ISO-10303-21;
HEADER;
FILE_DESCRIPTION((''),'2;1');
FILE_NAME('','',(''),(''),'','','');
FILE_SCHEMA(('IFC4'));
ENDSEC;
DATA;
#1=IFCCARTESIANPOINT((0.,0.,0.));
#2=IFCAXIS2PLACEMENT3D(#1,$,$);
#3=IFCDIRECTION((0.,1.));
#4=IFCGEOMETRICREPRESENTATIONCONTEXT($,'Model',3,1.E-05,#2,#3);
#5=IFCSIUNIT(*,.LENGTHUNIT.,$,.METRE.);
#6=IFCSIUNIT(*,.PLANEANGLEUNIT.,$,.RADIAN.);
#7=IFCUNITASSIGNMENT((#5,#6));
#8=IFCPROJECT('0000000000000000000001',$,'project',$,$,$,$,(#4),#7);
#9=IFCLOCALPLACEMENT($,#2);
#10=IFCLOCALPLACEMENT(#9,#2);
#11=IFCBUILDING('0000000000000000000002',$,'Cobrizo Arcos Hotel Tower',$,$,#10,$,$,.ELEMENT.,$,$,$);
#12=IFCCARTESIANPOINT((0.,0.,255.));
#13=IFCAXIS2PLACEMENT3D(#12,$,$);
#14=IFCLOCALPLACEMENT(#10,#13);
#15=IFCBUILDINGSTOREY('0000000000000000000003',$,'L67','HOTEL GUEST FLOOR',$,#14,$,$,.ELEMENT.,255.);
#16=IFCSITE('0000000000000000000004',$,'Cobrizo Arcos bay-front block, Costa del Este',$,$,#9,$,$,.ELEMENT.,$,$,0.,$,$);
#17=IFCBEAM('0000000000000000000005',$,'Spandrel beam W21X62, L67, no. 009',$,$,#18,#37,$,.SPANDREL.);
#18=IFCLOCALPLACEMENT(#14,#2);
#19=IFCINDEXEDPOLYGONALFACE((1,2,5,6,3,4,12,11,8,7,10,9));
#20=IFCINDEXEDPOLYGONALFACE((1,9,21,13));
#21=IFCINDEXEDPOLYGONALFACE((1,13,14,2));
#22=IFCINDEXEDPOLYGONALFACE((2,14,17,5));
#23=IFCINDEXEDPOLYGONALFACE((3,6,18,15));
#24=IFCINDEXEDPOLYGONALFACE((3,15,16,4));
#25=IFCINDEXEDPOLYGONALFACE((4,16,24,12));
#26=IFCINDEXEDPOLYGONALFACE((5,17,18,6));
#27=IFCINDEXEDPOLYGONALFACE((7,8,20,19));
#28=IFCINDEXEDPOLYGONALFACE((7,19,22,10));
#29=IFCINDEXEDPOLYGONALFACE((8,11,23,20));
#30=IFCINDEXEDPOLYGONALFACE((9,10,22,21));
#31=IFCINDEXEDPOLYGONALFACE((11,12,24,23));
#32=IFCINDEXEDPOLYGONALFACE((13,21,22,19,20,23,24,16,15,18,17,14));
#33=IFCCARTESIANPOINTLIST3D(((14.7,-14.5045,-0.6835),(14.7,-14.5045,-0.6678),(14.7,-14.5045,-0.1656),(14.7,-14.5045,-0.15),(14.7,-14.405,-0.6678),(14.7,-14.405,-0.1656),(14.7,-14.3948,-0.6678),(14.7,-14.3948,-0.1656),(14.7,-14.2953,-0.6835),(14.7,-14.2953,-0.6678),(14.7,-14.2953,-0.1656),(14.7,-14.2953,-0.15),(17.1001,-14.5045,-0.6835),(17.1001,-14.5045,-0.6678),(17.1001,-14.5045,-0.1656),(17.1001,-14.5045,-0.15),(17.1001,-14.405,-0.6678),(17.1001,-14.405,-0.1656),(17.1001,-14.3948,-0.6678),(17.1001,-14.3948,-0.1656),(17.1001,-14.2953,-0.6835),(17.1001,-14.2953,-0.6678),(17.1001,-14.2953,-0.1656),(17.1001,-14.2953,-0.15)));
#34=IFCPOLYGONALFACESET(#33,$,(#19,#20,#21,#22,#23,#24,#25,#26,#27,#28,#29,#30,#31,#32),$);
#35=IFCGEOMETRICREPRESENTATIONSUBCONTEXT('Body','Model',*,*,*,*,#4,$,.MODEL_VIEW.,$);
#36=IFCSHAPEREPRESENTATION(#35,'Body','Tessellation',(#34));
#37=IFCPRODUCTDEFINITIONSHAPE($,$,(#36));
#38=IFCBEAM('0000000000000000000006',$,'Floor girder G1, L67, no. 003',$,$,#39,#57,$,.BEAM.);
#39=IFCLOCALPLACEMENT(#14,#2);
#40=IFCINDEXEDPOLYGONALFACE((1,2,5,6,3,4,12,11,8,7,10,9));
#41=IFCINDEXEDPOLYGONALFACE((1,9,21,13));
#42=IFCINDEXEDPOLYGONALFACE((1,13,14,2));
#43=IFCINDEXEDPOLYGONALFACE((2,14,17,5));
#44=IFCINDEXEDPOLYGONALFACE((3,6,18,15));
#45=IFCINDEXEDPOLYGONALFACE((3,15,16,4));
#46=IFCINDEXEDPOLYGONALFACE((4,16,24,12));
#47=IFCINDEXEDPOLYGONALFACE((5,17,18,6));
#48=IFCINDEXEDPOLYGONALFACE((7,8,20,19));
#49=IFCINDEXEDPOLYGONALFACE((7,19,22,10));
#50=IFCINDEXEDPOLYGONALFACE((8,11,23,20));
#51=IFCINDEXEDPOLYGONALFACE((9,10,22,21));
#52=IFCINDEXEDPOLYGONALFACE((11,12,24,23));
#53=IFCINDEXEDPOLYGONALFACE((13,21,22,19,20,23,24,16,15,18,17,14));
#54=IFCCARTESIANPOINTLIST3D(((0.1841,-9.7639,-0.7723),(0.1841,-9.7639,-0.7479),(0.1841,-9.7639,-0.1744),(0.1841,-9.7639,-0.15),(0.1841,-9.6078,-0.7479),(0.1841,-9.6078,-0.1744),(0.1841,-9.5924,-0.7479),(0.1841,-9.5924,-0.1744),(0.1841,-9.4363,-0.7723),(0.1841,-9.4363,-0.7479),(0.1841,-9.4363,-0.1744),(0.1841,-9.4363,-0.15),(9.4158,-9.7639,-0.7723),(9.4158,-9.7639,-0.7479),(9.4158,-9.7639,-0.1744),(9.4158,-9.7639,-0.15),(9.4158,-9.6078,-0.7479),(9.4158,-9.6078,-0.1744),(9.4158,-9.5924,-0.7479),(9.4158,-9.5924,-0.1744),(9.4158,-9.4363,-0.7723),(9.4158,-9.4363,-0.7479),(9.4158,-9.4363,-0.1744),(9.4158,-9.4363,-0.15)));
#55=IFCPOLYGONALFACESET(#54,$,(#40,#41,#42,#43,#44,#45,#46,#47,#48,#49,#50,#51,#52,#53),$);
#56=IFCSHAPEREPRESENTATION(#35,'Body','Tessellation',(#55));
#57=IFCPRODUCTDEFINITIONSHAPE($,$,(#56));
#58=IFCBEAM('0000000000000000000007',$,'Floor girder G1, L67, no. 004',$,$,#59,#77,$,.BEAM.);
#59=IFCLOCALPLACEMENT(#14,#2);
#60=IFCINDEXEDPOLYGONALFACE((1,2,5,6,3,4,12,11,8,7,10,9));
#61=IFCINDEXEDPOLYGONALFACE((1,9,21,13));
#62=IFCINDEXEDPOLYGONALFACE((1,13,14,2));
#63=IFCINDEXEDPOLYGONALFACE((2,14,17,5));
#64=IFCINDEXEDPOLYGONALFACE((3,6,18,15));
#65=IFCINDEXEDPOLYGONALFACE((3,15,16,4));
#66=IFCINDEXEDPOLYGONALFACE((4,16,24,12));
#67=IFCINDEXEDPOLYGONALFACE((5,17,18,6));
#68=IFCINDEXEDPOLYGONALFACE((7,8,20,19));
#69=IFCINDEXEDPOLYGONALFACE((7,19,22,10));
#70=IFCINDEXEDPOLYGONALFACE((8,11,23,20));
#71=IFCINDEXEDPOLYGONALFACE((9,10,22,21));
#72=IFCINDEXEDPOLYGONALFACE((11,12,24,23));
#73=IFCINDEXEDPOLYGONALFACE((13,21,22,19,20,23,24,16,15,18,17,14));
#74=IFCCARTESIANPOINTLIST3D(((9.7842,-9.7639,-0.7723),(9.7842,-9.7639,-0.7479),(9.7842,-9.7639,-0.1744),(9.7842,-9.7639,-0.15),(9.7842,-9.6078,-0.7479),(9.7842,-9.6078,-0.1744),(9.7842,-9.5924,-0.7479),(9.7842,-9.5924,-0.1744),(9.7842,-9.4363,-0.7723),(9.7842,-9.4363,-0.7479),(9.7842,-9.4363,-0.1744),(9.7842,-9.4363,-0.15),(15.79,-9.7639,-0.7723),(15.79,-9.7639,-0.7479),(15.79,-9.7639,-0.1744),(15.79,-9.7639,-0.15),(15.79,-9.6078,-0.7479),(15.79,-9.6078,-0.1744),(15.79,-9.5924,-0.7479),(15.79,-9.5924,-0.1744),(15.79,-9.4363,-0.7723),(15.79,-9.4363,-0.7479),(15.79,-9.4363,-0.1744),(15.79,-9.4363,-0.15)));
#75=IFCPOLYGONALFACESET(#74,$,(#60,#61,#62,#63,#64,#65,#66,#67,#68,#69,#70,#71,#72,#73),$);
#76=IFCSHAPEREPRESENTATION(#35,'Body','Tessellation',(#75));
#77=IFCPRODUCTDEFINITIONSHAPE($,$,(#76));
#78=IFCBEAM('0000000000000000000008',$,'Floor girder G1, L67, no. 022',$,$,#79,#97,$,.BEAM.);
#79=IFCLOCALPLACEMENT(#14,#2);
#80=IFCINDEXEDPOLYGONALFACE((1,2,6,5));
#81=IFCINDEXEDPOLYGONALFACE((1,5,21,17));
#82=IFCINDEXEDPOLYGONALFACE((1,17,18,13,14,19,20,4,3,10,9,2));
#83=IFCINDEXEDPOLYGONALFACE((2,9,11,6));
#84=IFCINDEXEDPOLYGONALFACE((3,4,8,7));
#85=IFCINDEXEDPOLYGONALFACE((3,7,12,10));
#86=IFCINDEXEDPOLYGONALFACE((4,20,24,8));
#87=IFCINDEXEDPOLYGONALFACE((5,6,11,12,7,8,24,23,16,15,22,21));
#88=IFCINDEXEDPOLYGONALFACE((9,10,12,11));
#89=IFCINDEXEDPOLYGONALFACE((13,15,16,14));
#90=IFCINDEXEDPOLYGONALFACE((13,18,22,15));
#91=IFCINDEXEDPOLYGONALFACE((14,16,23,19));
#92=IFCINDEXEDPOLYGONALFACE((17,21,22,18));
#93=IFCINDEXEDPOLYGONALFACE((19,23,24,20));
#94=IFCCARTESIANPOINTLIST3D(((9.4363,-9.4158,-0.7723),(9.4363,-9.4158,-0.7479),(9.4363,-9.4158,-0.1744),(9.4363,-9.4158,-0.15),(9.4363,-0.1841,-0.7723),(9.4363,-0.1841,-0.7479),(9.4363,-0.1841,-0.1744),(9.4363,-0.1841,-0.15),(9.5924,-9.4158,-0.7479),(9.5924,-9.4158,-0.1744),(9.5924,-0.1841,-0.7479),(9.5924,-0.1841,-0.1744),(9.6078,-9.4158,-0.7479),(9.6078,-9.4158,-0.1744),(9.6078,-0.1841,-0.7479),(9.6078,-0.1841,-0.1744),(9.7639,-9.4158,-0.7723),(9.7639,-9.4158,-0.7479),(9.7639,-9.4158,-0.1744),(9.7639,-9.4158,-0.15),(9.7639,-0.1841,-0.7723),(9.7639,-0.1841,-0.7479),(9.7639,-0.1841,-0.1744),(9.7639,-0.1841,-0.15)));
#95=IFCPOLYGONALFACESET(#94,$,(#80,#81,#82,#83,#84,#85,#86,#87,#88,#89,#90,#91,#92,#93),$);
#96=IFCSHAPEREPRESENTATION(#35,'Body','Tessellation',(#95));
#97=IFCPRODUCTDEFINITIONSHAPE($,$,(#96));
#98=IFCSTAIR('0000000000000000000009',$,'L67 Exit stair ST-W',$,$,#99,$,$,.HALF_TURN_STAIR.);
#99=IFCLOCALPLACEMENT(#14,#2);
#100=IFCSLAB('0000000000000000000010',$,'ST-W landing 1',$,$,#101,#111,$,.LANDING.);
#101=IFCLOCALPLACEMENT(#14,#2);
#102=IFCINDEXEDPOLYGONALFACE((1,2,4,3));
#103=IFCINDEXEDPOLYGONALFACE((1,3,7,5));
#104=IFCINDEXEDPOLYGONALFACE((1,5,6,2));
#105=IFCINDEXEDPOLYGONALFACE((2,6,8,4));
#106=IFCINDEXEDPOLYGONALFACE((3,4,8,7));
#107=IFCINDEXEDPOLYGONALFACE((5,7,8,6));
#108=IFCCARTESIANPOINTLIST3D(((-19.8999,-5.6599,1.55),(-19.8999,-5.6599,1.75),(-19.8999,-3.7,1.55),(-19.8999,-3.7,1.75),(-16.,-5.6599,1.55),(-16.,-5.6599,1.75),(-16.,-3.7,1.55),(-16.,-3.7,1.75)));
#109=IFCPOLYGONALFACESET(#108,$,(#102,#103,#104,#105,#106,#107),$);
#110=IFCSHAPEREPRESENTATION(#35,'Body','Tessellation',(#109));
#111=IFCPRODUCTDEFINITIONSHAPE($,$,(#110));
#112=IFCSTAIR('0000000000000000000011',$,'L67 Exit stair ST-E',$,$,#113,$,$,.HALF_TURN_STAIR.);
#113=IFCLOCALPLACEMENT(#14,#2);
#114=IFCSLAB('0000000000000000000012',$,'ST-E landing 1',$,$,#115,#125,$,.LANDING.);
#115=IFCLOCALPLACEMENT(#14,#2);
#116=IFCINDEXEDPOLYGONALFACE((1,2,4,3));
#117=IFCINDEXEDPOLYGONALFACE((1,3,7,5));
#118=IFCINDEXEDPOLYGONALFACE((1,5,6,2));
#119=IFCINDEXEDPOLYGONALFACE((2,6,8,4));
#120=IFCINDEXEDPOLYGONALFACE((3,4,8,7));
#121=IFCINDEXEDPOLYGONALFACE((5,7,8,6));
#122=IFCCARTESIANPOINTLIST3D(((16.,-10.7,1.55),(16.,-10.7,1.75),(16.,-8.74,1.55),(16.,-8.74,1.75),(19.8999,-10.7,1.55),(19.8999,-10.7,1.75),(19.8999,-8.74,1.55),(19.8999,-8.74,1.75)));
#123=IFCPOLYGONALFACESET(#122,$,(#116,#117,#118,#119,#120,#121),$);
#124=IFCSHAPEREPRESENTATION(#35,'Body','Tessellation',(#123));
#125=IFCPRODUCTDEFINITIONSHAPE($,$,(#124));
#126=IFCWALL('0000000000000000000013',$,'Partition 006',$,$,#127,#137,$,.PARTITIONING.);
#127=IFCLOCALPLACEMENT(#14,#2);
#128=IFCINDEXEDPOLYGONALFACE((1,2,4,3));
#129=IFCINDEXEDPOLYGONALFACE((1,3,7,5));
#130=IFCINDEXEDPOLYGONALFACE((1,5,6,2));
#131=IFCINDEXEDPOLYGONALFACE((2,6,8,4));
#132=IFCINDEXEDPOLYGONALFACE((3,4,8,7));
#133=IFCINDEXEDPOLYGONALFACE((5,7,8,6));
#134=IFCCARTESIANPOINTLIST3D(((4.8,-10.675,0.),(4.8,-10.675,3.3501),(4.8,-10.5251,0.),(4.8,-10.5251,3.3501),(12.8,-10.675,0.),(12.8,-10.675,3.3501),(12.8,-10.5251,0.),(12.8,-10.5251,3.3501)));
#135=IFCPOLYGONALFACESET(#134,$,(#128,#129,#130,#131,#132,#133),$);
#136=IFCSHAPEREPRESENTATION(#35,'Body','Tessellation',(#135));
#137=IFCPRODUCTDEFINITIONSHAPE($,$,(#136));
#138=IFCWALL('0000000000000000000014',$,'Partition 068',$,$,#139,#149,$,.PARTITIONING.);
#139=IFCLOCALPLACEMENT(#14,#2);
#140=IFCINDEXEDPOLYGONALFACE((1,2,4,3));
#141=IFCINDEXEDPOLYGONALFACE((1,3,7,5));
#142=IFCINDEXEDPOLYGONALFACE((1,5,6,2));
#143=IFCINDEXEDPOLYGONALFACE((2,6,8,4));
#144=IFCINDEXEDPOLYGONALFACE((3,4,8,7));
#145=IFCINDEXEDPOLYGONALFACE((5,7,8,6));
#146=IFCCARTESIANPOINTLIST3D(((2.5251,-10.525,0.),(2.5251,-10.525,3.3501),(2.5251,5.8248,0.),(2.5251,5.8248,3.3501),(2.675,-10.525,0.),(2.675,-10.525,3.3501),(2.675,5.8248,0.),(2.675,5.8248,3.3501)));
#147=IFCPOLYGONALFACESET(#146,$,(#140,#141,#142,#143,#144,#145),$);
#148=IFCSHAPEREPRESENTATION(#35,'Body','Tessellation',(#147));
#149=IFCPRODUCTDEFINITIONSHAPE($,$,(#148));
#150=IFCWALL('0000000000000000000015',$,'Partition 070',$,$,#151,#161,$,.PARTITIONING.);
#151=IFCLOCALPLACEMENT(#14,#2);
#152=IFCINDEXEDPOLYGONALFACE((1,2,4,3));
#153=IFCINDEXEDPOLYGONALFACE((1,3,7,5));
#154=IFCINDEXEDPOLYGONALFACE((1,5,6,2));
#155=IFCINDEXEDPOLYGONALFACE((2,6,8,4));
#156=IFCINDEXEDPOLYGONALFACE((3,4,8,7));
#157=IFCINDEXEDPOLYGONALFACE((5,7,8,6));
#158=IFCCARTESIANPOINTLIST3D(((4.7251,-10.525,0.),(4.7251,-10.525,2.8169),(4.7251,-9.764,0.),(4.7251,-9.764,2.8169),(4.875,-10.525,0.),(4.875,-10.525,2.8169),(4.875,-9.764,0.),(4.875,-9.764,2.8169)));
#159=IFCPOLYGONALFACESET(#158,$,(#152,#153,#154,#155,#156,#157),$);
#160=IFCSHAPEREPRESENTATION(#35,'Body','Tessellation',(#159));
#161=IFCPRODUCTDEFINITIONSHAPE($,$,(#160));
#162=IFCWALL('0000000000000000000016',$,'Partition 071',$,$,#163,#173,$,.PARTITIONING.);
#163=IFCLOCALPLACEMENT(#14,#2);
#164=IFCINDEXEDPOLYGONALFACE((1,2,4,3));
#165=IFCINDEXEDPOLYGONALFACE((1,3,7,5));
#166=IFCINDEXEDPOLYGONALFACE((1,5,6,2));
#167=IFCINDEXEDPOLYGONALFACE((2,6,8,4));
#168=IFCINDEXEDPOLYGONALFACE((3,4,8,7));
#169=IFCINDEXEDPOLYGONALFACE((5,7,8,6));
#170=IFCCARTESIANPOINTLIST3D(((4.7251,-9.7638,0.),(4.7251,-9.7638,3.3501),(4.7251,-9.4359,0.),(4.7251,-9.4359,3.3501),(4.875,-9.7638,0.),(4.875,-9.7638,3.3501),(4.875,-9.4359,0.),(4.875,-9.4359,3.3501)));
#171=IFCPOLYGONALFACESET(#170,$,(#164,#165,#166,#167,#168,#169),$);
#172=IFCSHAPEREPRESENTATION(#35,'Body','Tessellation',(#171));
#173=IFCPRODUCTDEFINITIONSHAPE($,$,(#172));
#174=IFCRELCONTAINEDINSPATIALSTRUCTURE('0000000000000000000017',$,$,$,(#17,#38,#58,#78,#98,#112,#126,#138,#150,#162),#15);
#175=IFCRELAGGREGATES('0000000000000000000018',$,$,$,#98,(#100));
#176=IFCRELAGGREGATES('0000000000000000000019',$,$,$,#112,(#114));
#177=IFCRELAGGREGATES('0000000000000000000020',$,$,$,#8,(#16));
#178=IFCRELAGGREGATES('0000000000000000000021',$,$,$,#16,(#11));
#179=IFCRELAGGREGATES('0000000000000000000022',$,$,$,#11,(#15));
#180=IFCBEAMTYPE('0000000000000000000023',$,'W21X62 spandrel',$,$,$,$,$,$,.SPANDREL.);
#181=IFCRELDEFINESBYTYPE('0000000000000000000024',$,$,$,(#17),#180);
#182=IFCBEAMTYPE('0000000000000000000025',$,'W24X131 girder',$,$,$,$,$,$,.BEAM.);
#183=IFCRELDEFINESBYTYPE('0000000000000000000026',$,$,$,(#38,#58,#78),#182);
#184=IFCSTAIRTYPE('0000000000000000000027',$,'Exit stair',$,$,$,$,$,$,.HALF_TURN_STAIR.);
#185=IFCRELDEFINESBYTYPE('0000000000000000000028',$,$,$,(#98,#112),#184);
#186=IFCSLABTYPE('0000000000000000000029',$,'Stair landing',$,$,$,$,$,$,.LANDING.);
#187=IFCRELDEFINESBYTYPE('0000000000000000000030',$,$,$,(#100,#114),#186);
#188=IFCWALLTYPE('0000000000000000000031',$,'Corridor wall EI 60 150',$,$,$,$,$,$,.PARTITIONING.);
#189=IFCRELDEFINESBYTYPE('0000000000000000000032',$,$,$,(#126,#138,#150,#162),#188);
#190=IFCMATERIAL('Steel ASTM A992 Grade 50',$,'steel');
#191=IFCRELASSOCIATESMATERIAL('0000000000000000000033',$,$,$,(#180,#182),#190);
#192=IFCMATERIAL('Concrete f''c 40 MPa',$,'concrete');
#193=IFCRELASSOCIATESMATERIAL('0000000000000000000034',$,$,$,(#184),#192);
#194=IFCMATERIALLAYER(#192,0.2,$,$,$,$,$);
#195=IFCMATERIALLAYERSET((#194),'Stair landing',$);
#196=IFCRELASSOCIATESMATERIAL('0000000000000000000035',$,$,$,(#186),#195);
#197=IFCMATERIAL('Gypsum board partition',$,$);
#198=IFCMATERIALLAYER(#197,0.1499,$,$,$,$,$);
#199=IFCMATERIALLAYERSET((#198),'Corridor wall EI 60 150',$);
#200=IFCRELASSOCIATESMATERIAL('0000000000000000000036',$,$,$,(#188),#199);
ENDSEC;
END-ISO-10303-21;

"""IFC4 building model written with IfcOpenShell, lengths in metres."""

from ifc_helpers import new_model, si_unit, direction, frame, frame_2d, origin, origin_2d, place, context, subcontext, project, spatial, polyline, rectangle, i_section, outline, extrude, material, layer, layer_set, material_profile, profile_set, type_object, element, aggregate, save


model = new_model("IFC4")

# Units and contexts
model_context = context("Model", 3, precision=1e-05, world=origin(), true_north=direction((0.0, 1.0)))
body_context = subcontext(model_context, "Body", "Model", "MODEL_VIEW")
ifc_project = project(units=[si_unit("LENGTHUNIT", "METRE"), si_unit("PLANEANGLEUNIT", "RADIAN")], contexts=[model_context])

# Site, building, storey
site_placement = place(None, origin())
site = spatial("IfcSite", under=ifc_project, at=site_placement, Name="Cobrizo Arcos bay-front block, Costa del Este", CompositionType="ELEMENT", RefElevation=0.0)
building_placement = place(site_placement, origin())
building = spatial("IfcBuilding", under=site, at=building_placement, Name="Cobrizo Arcos Hotel Tower", CompositionType="ELEMENT")
storey_placement = place(building_placement, frame((0.0, 0.0, 255.0)))
storey = spatial("IfcBuildingStorey", under=building, at=storey_placement, Name="L67", Description="HOTEL GUEST FLOOR", CompositionType="ELEMENT", Elevation=255.0)

# Shared definitions
ifc_material_1 = material(Name="Steel ASTM A992 Grade 50", Category="steel")

# Beams
ifc_material_profile_1 = material_profile(ifc_material_1, i_section(OverallWidth=0.2092, OverallDepth=0.5334, WebThickness=0.0103, FlangeThickness=0.0156, at=origin_2d()), Name="W21X62")
ifc_profile_set_1 = profile_set([ifc_material_profile_1], Name="Steel ASTM A992 Grade 50")
beam_type_1 = type_object("IfcBeamType", Name="W21X62 spandrel", PredefinedType="SPANDREL", material=ifc_profile_set_1)
for number, where, z_axis, x_axis, name in (
    (1, (14.7, -14.3999, -0.4167), (1.0, 0.0, 0.0), (0.0, 1.0, 0.0), "Spandrel beam W21X62, L67, no. 009"),
):
    element("IfcBeam", number, at=place(storey_placement, frame(where, z_axis=z_axis, x_axis=x_axis)), inside=storey, type_object=beam_type_1, Name=name, PredefinedType="SPANDREL", context=body_context, shape_type="SweptSolid", body=[
        extrude(i_section(OverallWidth=0.2092, OverallDepth=0.5334, WebThickness=0.0103, FlangeThickness=0.0156, at=origin_2d()), origin(), (0.0, 0.0, 1.0), 2.4001),
    ])
ifc_material_profile_2 = material_profile(ifc_material_1, i_section(OverallWidth=0.3276, OverallDepth=0.6223, WebThickness=0.0154, FlangeThickness=0.0244, at=origin_2d()), Name="W24X131")
ifc_profile_set_2 = profile_set([ifc_material_profile_2], Name="Steel ASTM A992 Grade 50")
beam_type_2 = type_object("IfcBeamType", Name="W24X131 girder", PredefinedType="BEAM", material=ifc_profile_set_2)
beam_1_placement = place(storey_placement, frame((0.1841, -9.6001, -0.4612), z_axis=(1.0, 0.0, 0.0), x_axis=(0.0, 1.0, 0.0)))
element("IfcBeam", 2, at=beam_1_placement, inside=storey, type_object=beam_type_2, Name="Floor girder G1, L67, no. 003", PredefinedType="BEAM", context=body_context, shape_type="SweptSolid", body=[
    extrude(i_section(OverallWidth=0.3276, OverallDepth=0.6223, WebThickness=0.0154, FlangeThickness=0.0244, at=origin_2d()), origin(), (0.0, 0.0, 1.0), 9.2317),
])
beam_2_placement = place(storey_placement, frame((9.7842, -9.6001, -0.4612), z_axis=(1.0, 0.0, 0.0), x_axis=(0.0, 1.0, 0.0)))
element("IfcBeam", 3, at=beam_2_placement, inside=storey, type_object=beam_type_2, Name="Floor girder G1, L67, no. 004", PredefinedType="BEAM", context=body_context, shape_type="SweptSolid", body=[
    extrude(i_section(OverallWidth=0.3276, OverallDepth=0.6223, WebThickness=0.0154, FlangeThickness=0.0244, at=origin_2d()), origin(), (0.0, 0.0, 1.0), 6.0059),
])
beam_3_placement = place(storey_placement, frame((9.6001, -9.4158, -0.4612), z_axis=(0.0, 1.0, 0.0), x_axis=(-1.0, 0.0, 0.0)))
element("IfcBeam", 4, at=beam_3_placement, inside=storey, type_object=beam_type_2, Name="Floor girder G1, L67, no. 022", PredefinedType="BEAM", context=body_context, shape_type="SweptSolid", body=[
    extrude(i_section(OverallWidth=0.3276, OverallDepth=0.6223, WebThickness=0.0154, FlangeThickness=0.0244, at=origin_2d()), origin(), (0.0, 0.0, 1.0), 9.2317),
])

# Stairs, slabs
ifc_material_2 = material(Name="Concrete f'c 40 MPa", Category="concrete")
stair_type = type_object("IfcStairType", Name="Exit stair", PredefinedType="HALF_TURN_STAIR", material=ifc_material_2)
stair_1_placement = place(storey_placement, origin())
stair_1 = element("IfcStair", 5, at=stair_1_placement, inside=storey, type_object=stair_type, Name="L67 Exit stair ST-W", PredefinedType="HALF_TURN_STAIR")
ifc_layer_1 = layer(ifc_material_2, 0.2)
ifc_layer_set_1 = layer_set([ifc_layer_1], Name="Stair landing")
slab_type = type_object("IfcSlabType", Name="Stair landing", PredefinedType="LANDING", material=ifc_layer_set_1)
slab_1_placement = place(storey_placement, frame((0.0, 0.0, 1.55)))
slab_1 = element("IfcSlab", 6, at=slab_1_placement, type_object=slab_type, Name="ST-W landing 1", PredefinedType="LANDING", context=body_context, shape_type="SweptSolid", body=[
    extrude(outline(polyline([(-16.0, -5.6599), (-16.0, -3.7), (-19.8999, -3.7), (-19.8999, -5.6599), (-16.0, -5.6599)])), origin(), (0.0, 0.0, 1.0), 0.2),
])
aggregate(stair_1, [slab_1])
stair_2_placement = place(storey_placement, origin())
stair_2 = element("IfcStair", 7, at=stair_2_placement, inside=storey, type_object=stair_type, Name="L67 Exit stair ST-E", PredefinedType="HALF_TURN_STAIR")
slab_2_placement = place(storey_placement, frame((0.0, 0.0, 1.55)))
slab_2 = element("IfcSlab", 8, at=slab_2_placement, type_object=slab_type, Name="ST-E landing 1", PredefinedType="LANDING", context=body_context, shape_type="SweptSolid", body=[
    extrude(outline(polyline([(16.0, -8.74), (16.0, -10.7), (19.8999, -10.7), (19.8999, -8.74), (16.0, -8.74)])), origin(), (0.0, 0.0, 1.0), 0.2),
])
aggregate(stair_2, [slab_2])

# Walls
ifc_material_3 = material(Name="Gypsum board partition")
ifc_layer_2 = layer(ifc_material_3, 0.1499)
ifc_layer_set_2 = layer_set([ifc_layer_2], Name="Corridor wall EI 60 150")
wall_type_1 = type_object("IfcWallType", Name="Corridor wall EI 60 150", PredefinedType="PARTITIONING", material=ifc_layer_set_2)
wall_1_placement = place(storey_placement, frame((4.8, -10.6001, 0.0), z_axis=(0.0, 0.0, 1.0), x_axis=(1.0, 0.0, 0.0)))
element("IfcWall", 9, at=wall_1_placement, inside=storey, type_object=wall_type_1, Name="Partition 006", PredefinedType="PARTITIONING", context=body_context, shape_type="SweptSolid", body=[
    extrude(rectangle(XDim=8.0, YDim=0.1499, at=frame_2d((4.0, 0.0))), origin(), (0.0, 0.0, 1.0), 3.3501),
])
wall_2_placement = place(storey_placement, frame((2.6001, -10.5249, 0.0), z_axis=(0.0, 0.0, 1.0), x_axis=(0.0, 1.0, 0.0)))
element("IfcWall", 10, at=wall_2_placement, inside=storey, type_object=wall_type_1, Name="Partition 068", PredefinedType="PARTITIONING", context=body_context, shape_type="SweptSolid", body=[
    extrude(rectangle(XDim=16.3499, YDim=0.1499, at=frame_2d((8.1748, 0.0))), origin(), (0.0, 0.0, 1.0), 3.3501),
])
wall_3_placement = place(storey_placement, frame((4.8, -10.5249, 0.0), z_axis=(0.0, 0.0, 1.0), x_axis=(0.0, 1.0, 0.0)))
element("IfcWall", 11, at=wall_3_placement, inside=storey, type_object=wall_type_1, Name="Partition 070", PredefinedType="PARTITIONING", context=body_context, shape_type="SweptSolid", body=[
    extrude(rectangle(XDim=0.761, YDim=0.1499, at=frame_2d((0.3804, 0.0))), origin(), (0.0, 0.0, 1.0), 2.8169),
])
wall_4_placement = place(storey_placement, frame((4.8, -9.7639, 0.0), z_axis=(0.0, 0.0, 1.0), x_axis=(0.0, 1.0, 0.0)))
element("IfcWall", 12, at=wall_4_placement, inside=storey, type_object=wall_type_1, Name="Partition 071", PredefinedType="PARTITIONING", context=body_context, shape_type="SweptSolid", body=[
    extrude(rectangle(XDim=0.3279, YDim=0.1499, at=frame_2d((0.1641, 0.0))), origin(), (0.0, 0.0, 1.0), 3.3501),
])

save(model, "model.ifc")
